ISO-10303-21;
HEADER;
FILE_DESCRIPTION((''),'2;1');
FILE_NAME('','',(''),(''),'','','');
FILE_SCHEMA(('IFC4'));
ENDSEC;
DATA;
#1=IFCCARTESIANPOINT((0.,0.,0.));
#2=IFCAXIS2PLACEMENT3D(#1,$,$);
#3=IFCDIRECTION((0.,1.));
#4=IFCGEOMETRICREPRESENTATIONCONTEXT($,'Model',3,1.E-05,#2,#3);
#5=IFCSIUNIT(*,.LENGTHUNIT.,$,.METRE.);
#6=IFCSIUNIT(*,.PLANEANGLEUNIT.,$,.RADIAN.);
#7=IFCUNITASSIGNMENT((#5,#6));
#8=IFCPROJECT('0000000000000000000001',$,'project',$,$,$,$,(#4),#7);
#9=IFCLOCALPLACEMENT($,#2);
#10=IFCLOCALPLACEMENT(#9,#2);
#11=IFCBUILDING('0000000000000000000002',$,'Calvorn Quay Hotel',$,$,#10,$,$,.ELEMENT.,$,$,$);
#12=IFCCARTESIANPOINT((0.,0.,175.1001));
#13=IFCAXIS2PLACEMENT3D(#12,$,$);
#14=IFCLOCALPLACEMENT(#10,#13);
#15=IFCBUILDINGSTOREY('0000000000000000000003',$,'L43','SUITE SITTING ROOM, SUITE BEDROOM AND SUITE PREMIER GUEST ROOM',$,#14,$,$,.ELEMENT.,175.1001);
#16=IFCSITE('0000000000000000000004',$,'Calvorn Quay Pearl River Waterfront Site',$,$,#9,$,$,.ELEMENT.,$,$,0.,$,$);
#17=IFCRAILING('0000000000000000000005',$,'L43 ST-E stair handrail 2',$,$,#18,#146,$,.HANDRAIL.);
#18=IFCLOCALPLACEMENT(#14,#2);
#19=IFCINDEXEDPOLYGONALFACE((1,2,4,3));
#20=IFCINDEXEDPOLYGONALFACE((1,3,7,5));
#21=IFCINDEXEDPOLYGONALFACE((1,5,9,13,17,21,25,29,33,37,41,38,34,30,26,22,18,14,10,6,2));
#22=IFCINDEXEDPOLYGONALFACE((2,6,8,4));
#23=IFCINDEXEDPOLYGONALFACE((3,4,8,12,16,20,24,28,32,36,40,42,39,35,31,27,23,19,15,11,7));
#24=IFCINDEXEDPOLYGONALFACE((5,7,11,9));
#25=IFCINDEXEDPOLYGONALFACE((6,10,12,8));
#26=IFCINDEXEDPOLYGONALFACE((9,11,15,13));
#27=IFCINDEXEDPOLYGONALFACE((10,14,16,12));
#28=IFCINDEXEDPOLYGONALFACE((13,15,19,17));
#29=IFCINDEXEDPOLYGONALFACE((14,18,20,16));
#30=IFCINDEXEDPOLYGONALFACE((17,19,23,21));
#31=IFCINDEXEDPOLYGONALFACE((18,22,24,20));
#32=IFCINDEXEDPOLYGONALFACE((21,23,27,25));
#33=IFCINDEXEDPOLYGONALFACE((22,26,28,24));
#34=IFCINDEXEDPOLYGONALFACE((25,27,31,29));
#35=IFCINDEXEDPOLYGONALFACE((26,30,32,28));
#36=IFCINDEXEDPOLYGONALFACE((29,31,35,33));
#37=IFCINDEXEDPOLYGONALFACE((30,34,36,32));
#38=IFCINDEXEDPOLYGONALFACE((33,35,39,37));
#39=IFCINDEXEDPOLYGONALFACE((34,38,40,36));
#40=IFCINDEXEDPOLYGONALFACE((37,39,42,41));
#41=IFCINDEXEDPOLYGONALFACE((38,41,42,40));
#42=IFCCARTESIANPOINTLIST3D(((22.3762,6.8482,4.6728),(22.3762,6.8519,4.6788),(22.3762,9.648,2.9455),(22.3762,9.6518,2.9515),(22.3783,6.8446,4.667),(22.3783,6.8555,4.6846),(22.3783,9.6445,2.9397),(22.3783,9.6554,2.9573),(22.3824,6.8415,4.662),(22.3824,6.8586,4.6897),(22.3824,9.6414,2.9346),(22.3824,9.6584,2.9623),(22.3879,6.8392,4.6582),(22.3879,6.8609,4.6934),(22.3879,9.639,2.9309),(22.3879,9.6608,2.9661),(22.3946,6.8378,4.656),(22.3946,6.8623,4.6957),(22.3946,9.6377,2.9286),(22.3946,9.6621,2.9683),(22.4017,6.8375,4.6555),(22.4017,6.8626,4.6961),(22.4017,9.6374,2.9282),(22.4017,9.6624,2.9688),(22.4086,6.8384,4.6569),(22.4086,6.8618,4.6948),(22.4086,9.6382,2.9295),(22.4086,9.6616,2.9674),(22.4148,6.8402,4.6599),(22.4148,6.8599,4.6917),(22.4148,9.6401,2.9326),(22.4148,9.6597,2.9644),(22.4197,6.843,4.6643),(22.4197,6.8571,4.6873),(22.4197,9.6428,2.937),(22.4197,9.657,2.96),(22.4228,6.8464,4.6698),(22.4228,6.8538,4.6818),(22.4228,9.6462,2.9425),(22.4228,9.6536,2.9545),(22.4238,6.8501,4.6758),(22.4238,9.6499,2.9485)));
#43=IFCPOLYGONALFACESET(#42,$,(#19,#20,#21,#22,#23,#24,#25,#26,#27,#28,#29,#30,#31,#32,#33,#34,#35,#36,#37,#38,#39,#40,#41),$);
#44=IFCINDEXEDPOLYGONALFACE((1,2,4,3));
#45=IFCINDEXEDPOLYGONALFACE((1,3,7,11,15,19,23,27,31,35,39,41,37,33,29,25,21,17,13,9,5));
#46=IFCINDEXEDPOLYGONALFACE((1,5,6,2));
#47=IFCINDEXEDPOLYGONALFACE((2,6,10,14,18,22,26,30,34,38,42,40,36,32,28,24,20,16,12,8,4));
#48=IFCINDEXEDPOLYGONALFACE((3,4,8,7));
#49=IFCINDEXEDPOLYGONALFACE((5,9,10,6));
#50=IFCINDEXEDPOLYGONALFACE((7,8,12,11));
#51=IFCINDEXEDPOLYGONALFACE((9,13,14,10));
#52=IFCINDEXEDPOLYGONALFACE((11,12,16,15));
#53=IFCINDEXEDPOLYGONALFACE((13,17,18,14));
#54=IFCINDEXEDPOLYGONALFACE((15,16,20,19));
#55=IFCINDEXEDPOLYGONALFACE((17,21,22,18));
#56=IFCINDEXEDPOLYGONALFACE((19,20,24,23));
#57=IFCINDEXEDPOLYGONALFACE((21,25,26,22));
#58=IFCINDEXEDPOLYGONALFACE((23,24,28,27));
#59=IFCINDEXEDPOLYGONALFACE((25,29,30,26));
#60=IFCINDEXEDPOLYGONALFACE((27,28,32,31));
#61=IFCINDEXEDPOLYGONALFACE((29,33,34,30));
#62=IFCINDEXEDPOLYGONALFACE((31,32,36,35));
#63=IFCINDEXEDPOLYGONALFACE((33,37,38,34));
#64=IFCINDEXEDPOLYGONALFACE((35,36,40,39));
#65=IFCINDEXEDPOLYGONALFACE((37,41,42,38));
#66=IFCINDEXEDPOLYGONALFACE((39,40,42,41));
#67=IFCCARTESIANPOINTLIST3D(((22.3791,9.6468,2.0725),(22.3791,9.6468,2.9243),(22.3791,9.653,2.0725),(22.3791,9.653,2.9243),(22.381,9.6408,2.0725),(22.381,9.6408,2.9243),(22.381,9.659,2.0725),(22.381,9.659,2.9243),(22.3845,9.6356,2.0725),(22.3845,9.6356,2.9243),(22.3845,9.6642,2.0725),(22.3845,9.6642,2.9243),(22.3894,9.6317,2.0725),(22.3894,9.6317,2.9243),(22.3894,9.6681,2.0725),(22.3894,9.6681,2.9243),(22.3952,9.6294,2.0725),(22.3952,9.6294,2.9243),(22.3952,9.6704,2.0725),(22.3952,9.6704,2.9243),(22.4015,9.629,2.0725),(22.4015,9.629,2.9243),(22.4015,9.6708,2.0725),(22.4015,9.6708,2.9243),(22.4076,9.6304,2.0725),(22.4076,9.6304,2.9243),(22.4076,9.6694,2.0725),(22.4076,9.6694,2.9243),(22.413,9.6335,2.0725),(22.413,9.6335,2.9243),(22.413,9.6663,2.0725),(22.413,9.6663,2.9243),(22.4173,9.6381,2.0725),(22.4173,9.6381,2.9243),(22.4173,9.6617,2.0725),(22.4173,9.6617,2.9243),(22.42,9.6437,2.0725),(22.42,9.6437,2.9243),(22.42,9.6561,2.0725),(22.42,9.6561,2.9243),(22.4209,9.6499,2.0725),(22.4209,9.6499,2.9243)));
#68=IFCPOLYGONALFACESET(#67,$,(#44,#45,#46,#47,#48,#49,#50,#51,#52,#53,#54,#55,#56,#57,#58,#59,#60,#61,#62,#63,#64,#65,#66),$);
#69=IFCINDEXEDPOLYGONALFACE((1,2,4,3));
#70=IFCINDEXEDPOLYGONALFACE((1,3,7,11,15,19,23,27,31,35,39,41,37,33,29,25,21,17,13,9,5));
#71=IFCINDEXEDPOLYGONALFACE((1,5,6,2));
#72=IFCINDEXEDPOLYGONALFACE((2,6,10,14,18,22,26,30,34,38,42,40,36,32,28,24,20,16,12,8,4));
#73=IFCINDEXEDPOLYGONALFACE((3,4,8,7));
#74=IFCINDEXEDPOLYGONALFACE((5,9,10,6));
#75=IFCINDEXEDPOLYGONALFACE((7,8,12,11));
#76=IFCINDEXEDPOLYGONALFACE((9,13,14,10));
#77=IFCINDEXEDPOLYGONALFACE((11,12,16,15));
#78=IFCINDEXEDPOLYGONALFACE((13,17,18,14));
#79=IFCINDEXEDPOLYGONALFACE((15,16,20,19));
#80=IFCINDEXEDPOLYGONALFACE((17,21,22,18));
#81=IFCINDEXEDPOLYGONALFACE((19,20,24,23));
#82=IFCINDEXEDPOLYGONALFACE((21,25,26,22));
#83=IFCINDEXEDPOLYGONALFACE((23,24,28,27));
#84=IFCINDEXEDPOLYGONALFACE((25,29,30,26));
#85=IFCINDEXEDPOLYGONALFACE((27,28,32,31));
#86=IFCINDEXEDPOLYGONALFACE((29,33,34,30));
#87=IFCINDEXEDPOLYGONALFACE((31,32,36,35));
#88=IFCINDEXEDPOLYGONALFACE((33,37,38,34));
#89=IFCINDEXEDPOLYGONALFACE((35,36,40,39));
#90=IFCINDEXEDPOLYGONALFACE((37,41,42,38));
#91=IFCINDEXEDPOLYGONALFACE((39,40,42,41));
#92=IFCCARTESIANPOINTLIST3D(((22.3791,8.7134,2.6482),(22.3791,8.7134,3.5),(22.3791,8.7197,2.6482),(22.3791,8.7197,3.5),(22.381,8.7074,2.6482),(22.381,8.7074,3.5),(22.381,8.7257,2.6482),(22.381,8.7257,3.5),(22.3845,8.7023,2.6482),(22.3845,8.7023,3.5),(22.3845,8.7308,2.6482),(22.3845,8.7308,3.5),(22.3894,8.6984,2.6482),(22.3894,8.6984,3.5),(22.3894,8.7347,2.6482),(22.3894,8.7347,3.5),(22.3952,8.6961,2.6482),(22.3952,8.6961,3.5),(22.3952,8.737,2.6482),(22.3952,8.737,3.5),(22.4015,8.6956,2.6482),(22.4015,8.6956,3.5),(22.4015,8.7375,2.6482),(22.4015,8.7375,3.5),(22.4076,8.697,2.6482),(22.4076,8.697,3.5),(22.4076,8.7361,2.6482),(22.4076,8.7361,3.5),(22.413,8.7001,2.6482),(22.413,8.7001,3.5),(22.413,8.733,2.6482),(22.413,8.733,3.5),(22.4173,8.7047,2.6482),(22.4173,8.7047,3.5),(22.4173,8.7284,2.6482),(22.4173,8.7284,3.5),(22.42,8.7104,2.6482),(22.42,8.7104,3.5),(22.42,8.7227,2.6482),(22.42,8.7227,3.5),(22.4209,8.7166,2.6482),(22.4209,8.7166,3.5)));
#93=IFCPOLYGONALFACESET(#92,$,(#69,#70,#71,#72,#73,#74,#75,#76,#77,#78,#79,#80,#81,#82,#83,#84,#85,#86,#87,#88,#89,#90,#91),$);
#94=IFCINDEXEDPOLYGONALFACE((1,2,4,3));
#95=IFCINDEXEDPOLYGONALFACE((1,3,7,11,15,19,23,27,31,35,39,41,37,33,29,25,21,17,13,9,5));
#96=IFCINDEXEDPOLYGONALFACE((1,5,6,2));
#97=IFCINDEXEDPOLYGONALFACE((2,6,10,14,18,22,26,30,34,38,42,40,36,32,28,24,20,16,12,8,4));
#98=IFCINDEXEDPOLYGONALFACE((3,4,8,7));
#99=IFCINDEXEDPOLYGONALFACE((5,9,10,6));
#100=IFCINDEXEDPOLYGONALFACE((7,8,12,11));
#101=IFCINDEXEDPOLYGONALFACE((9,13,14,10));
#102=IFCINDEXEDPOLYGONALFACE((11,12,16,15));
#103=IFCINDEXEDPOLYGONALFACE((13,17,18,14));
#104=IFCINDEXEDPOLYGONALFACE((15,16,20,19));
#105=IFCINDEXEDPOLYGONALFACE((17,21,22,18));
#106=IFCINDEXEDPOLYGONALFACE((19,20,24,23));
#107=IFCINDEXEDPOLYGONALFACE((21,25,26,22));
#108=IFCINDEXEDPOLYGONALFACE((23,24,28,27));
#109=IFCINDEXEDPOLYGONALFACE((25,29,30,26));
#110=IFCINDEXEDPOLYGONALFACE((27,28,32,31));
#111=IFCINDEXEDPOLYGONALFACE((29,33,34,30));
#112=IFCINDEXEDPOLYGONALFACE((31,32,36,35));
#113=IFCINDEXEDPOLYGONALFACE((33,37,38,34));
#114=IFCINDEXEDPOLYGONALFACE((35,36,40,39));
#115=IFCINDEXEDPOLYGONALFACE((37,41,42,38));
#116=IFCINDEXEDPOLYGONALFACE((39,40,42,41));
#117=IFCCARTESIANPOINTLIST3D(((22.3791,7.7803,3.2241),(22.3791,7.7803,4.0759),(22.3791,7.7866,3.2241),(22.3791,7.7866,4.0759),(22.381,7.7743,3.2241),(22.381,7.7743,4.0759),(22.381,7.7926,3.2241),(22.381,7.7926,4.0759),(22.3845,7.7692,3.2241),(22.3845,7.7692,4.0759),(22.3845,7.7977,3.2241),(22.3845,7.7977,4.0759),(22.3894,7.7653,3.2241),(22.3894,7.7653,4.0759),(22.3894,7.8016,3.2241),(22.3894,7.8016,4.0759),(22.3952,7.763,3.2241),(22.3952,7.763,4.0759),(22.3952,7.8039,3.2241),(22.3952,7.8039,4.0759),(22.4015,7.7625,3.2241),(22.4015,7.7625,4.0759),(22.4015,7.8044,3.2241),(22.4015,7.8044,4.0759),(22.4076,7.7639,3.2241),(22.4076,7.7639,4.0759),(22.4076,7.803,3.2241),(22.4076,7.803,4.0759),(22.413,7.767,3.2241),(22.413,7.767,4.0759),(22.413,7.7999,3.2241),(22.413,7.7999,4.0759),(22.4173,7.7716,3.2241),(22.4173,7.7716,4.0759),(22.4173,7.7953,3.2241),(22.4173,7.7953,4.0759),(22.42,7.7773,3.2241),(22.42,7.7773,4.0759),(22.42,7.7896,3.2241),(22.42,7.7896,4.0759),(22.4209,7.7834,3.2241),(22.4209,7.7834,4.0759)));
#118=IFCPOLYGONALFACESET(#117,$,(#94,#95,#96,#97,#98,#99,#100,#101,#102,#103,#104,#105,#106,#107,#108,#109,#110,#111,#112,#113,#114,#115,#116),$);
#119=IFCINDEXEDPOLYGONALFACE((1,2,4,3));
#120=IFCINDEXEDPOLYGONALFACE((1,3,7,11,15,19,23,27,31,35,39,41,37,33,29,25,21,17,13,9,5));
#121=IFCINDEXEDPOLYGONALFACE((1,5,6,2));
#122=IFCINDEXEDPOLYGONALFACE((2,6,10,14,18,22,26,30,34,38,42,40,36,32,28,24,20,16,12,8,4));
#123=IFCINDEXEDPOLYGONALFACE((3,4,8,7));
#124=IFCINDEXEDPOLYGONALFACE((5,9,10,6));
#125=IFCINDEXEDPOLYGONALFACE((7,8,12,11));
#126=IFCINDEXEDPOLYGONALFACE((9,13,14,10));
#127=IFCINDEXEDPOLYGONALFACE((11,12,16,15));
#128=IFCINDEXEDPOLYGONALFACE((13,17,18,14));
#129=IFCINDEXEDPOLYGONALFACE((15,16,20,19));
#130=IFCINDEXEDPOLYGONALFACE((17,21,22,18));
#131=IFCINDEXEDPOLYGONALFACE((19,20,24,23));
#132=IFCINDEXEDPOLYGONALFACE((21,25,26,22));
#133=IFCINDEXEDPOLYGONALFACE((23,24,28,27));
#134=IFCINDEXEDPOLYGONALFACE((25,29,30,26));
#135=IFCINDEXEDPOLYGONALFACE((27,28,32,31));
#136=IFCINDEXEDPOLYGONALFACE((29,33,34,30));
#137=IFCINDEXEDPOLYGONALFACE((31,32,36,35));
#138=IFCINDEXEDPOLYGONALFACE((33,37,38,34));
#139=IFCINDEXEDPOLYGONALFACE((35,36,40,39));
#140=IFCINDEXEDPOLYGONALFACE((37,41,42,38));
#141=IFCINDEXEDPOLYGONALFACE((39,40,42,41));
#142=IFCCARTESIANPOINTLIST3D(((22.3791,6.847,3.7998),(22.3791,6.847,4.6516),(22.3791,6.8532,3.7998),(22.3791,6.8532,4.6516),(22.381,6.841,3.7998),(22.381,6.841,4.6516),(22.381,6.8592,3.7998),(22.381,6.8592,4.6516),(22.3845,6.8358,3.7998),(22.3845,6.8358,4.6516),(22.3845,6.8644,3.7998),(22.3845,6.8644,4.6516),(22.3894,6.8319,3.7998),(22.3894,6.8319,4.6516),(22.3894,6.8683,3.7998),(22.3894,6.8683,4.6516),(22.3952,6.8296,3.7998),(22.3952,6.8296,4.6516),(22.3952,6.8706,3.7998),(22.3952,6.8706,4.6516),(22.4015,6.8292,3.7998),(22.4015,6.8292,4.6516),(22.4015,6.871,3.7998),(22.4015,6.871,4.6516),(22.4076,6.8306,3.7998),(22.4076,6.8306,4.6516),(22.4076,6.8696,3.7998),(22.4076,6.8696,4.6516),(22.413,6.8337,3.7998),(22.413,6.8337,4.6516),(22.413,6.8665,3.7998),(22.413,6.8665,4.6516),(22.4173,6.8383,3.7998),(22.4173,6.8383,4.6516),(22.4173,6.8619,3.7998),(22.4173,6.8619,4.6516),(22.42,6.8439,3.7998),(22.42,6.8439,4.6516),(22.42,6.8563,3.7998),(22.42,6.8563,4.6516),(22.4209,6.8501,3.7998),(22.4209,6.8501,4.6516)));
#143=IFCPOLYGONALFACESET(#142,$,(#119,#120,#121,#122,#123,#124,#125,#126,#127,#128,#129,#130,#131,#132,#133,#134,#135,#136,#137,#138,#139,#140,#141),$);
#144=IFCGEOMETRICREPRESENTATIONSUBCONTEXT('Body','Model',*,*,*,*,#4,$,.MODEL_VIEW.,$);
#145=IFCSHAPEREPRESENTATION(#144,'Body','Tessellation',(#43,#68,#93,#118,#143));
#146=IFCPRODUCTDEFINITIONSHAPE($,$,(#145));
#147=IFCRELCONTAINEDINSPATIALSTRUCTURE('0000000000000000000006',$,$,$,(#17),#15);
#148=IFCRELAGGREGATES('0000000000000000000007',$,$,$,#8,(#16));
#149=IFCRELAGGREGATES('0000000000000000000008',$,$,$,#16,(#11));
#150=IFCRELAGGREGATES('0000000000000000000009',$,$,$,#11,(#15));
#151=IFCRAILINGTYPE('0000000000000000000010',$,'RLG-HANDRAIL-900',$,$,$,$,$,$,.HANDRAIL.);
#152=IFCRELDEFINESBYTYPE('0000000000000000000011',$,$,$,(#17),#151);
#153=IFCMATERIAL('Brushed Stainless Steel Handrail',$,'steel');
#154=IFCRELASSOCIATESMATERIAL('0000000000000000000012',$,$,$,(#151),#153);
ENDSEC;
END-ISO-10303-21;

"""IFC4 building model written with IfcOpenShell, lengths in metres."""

from ifc_helpers import new_model, si_unit, direction, frame, origin, origin_2d, place, context, subcontext, project, spatial, circle, extrude, material, type_object, element, save


model = new_model("IFC4")

# Units and contexts
model_context = context("Model", 3, precision=1e-05, world=origin(), true_north=direction((0.0, 1.0)))
body_context = subcontext(model_context, "Body", "Model", "MODEL_VIEW")
ifc_project = project(units=[si_unit("LENGTHUNIT", "METRE"), si_unit("PLANEANGLEUNIT", "RADIAN")], contexts=[model_context])

# Site, building, storey
site_placement = place(None, origin())
site = spatial("IfcSite", under=ifc_project, at=site_placement, Name="Calvorn Quay Pearl River Waterfront Site", CompositionType="ELEMENT", RefElevation=0.0)
building_placement = place(site_placement, origin())
building = spatial("IfcBuilding", under=site, at=building_placement, Name="Calvorn Quay Hotel", CompositionType="ELEMENT")
storey_placement = place(building_placement, frame((0.0, 0.0, 175.1001)))
storey = spatial("IfcBuildingStorey", under=building, at=storey_placement, Name="L43", Description="SUITE SITTING ROOM, SUITE BEDROOM AND SUITE PREMIER GUEST ROOM", CompositionType="ELEMENT", Elevation=175.1001)

# Railing
ifc_material_1 = material(Name="Brushed Stainless Steel Handrail", Category="steel")
railing_type_1 = type_object("IfcRailingType", Name="RLG-HANDRAIL-900", PredefinedType="HANDRAIL", material=ifc_material_1)
railing_1_placement = place(storey_placement, frame((22.3999, 9.6499, 2.0725)))
element("IfcRailing", 1, at=railing_1_placement, inside=storey, type_object=railing_type_1, Name="L43 ST-E stair handrail 2", PredefinedType="HANDRAIL", context=body_context, shape_type="SweptSolid", body=[
    extrude(circle(Radius=0.0239, at=origin_2d()), frame((0.0, 0.0, 0.876), z_axis=(0.0, -0.851069, 0.525054), x_axis=(1.0, 0.0, 0.0)), (0.0, 0.0, 1.0), 3.2898),
    extrude(circle(Radius=0.021, at=origin_2d()), origin(), (0.0, 0.0, 1.0), 0.8518),
    extrude(circle(Radius=0.021, at=origin_2d()), frame((0.0, -0.9333, 0.5757)), (0.0, 0.0, 1.0), 0.8518),
    extrude(circle(Radius=0.021, at=origin_2d()), frame((0.0, -1.8665, 1.1516)), (0.0, 0.0, 1.0), 0.8518),
    extrude(circle(Radius=0.021, at=origin_2d()), frame((0.0, -2.7998, 1.7273)), (0.0, 0.0, 1.0), 0.8518),
])

save(model, "model.ifc")
